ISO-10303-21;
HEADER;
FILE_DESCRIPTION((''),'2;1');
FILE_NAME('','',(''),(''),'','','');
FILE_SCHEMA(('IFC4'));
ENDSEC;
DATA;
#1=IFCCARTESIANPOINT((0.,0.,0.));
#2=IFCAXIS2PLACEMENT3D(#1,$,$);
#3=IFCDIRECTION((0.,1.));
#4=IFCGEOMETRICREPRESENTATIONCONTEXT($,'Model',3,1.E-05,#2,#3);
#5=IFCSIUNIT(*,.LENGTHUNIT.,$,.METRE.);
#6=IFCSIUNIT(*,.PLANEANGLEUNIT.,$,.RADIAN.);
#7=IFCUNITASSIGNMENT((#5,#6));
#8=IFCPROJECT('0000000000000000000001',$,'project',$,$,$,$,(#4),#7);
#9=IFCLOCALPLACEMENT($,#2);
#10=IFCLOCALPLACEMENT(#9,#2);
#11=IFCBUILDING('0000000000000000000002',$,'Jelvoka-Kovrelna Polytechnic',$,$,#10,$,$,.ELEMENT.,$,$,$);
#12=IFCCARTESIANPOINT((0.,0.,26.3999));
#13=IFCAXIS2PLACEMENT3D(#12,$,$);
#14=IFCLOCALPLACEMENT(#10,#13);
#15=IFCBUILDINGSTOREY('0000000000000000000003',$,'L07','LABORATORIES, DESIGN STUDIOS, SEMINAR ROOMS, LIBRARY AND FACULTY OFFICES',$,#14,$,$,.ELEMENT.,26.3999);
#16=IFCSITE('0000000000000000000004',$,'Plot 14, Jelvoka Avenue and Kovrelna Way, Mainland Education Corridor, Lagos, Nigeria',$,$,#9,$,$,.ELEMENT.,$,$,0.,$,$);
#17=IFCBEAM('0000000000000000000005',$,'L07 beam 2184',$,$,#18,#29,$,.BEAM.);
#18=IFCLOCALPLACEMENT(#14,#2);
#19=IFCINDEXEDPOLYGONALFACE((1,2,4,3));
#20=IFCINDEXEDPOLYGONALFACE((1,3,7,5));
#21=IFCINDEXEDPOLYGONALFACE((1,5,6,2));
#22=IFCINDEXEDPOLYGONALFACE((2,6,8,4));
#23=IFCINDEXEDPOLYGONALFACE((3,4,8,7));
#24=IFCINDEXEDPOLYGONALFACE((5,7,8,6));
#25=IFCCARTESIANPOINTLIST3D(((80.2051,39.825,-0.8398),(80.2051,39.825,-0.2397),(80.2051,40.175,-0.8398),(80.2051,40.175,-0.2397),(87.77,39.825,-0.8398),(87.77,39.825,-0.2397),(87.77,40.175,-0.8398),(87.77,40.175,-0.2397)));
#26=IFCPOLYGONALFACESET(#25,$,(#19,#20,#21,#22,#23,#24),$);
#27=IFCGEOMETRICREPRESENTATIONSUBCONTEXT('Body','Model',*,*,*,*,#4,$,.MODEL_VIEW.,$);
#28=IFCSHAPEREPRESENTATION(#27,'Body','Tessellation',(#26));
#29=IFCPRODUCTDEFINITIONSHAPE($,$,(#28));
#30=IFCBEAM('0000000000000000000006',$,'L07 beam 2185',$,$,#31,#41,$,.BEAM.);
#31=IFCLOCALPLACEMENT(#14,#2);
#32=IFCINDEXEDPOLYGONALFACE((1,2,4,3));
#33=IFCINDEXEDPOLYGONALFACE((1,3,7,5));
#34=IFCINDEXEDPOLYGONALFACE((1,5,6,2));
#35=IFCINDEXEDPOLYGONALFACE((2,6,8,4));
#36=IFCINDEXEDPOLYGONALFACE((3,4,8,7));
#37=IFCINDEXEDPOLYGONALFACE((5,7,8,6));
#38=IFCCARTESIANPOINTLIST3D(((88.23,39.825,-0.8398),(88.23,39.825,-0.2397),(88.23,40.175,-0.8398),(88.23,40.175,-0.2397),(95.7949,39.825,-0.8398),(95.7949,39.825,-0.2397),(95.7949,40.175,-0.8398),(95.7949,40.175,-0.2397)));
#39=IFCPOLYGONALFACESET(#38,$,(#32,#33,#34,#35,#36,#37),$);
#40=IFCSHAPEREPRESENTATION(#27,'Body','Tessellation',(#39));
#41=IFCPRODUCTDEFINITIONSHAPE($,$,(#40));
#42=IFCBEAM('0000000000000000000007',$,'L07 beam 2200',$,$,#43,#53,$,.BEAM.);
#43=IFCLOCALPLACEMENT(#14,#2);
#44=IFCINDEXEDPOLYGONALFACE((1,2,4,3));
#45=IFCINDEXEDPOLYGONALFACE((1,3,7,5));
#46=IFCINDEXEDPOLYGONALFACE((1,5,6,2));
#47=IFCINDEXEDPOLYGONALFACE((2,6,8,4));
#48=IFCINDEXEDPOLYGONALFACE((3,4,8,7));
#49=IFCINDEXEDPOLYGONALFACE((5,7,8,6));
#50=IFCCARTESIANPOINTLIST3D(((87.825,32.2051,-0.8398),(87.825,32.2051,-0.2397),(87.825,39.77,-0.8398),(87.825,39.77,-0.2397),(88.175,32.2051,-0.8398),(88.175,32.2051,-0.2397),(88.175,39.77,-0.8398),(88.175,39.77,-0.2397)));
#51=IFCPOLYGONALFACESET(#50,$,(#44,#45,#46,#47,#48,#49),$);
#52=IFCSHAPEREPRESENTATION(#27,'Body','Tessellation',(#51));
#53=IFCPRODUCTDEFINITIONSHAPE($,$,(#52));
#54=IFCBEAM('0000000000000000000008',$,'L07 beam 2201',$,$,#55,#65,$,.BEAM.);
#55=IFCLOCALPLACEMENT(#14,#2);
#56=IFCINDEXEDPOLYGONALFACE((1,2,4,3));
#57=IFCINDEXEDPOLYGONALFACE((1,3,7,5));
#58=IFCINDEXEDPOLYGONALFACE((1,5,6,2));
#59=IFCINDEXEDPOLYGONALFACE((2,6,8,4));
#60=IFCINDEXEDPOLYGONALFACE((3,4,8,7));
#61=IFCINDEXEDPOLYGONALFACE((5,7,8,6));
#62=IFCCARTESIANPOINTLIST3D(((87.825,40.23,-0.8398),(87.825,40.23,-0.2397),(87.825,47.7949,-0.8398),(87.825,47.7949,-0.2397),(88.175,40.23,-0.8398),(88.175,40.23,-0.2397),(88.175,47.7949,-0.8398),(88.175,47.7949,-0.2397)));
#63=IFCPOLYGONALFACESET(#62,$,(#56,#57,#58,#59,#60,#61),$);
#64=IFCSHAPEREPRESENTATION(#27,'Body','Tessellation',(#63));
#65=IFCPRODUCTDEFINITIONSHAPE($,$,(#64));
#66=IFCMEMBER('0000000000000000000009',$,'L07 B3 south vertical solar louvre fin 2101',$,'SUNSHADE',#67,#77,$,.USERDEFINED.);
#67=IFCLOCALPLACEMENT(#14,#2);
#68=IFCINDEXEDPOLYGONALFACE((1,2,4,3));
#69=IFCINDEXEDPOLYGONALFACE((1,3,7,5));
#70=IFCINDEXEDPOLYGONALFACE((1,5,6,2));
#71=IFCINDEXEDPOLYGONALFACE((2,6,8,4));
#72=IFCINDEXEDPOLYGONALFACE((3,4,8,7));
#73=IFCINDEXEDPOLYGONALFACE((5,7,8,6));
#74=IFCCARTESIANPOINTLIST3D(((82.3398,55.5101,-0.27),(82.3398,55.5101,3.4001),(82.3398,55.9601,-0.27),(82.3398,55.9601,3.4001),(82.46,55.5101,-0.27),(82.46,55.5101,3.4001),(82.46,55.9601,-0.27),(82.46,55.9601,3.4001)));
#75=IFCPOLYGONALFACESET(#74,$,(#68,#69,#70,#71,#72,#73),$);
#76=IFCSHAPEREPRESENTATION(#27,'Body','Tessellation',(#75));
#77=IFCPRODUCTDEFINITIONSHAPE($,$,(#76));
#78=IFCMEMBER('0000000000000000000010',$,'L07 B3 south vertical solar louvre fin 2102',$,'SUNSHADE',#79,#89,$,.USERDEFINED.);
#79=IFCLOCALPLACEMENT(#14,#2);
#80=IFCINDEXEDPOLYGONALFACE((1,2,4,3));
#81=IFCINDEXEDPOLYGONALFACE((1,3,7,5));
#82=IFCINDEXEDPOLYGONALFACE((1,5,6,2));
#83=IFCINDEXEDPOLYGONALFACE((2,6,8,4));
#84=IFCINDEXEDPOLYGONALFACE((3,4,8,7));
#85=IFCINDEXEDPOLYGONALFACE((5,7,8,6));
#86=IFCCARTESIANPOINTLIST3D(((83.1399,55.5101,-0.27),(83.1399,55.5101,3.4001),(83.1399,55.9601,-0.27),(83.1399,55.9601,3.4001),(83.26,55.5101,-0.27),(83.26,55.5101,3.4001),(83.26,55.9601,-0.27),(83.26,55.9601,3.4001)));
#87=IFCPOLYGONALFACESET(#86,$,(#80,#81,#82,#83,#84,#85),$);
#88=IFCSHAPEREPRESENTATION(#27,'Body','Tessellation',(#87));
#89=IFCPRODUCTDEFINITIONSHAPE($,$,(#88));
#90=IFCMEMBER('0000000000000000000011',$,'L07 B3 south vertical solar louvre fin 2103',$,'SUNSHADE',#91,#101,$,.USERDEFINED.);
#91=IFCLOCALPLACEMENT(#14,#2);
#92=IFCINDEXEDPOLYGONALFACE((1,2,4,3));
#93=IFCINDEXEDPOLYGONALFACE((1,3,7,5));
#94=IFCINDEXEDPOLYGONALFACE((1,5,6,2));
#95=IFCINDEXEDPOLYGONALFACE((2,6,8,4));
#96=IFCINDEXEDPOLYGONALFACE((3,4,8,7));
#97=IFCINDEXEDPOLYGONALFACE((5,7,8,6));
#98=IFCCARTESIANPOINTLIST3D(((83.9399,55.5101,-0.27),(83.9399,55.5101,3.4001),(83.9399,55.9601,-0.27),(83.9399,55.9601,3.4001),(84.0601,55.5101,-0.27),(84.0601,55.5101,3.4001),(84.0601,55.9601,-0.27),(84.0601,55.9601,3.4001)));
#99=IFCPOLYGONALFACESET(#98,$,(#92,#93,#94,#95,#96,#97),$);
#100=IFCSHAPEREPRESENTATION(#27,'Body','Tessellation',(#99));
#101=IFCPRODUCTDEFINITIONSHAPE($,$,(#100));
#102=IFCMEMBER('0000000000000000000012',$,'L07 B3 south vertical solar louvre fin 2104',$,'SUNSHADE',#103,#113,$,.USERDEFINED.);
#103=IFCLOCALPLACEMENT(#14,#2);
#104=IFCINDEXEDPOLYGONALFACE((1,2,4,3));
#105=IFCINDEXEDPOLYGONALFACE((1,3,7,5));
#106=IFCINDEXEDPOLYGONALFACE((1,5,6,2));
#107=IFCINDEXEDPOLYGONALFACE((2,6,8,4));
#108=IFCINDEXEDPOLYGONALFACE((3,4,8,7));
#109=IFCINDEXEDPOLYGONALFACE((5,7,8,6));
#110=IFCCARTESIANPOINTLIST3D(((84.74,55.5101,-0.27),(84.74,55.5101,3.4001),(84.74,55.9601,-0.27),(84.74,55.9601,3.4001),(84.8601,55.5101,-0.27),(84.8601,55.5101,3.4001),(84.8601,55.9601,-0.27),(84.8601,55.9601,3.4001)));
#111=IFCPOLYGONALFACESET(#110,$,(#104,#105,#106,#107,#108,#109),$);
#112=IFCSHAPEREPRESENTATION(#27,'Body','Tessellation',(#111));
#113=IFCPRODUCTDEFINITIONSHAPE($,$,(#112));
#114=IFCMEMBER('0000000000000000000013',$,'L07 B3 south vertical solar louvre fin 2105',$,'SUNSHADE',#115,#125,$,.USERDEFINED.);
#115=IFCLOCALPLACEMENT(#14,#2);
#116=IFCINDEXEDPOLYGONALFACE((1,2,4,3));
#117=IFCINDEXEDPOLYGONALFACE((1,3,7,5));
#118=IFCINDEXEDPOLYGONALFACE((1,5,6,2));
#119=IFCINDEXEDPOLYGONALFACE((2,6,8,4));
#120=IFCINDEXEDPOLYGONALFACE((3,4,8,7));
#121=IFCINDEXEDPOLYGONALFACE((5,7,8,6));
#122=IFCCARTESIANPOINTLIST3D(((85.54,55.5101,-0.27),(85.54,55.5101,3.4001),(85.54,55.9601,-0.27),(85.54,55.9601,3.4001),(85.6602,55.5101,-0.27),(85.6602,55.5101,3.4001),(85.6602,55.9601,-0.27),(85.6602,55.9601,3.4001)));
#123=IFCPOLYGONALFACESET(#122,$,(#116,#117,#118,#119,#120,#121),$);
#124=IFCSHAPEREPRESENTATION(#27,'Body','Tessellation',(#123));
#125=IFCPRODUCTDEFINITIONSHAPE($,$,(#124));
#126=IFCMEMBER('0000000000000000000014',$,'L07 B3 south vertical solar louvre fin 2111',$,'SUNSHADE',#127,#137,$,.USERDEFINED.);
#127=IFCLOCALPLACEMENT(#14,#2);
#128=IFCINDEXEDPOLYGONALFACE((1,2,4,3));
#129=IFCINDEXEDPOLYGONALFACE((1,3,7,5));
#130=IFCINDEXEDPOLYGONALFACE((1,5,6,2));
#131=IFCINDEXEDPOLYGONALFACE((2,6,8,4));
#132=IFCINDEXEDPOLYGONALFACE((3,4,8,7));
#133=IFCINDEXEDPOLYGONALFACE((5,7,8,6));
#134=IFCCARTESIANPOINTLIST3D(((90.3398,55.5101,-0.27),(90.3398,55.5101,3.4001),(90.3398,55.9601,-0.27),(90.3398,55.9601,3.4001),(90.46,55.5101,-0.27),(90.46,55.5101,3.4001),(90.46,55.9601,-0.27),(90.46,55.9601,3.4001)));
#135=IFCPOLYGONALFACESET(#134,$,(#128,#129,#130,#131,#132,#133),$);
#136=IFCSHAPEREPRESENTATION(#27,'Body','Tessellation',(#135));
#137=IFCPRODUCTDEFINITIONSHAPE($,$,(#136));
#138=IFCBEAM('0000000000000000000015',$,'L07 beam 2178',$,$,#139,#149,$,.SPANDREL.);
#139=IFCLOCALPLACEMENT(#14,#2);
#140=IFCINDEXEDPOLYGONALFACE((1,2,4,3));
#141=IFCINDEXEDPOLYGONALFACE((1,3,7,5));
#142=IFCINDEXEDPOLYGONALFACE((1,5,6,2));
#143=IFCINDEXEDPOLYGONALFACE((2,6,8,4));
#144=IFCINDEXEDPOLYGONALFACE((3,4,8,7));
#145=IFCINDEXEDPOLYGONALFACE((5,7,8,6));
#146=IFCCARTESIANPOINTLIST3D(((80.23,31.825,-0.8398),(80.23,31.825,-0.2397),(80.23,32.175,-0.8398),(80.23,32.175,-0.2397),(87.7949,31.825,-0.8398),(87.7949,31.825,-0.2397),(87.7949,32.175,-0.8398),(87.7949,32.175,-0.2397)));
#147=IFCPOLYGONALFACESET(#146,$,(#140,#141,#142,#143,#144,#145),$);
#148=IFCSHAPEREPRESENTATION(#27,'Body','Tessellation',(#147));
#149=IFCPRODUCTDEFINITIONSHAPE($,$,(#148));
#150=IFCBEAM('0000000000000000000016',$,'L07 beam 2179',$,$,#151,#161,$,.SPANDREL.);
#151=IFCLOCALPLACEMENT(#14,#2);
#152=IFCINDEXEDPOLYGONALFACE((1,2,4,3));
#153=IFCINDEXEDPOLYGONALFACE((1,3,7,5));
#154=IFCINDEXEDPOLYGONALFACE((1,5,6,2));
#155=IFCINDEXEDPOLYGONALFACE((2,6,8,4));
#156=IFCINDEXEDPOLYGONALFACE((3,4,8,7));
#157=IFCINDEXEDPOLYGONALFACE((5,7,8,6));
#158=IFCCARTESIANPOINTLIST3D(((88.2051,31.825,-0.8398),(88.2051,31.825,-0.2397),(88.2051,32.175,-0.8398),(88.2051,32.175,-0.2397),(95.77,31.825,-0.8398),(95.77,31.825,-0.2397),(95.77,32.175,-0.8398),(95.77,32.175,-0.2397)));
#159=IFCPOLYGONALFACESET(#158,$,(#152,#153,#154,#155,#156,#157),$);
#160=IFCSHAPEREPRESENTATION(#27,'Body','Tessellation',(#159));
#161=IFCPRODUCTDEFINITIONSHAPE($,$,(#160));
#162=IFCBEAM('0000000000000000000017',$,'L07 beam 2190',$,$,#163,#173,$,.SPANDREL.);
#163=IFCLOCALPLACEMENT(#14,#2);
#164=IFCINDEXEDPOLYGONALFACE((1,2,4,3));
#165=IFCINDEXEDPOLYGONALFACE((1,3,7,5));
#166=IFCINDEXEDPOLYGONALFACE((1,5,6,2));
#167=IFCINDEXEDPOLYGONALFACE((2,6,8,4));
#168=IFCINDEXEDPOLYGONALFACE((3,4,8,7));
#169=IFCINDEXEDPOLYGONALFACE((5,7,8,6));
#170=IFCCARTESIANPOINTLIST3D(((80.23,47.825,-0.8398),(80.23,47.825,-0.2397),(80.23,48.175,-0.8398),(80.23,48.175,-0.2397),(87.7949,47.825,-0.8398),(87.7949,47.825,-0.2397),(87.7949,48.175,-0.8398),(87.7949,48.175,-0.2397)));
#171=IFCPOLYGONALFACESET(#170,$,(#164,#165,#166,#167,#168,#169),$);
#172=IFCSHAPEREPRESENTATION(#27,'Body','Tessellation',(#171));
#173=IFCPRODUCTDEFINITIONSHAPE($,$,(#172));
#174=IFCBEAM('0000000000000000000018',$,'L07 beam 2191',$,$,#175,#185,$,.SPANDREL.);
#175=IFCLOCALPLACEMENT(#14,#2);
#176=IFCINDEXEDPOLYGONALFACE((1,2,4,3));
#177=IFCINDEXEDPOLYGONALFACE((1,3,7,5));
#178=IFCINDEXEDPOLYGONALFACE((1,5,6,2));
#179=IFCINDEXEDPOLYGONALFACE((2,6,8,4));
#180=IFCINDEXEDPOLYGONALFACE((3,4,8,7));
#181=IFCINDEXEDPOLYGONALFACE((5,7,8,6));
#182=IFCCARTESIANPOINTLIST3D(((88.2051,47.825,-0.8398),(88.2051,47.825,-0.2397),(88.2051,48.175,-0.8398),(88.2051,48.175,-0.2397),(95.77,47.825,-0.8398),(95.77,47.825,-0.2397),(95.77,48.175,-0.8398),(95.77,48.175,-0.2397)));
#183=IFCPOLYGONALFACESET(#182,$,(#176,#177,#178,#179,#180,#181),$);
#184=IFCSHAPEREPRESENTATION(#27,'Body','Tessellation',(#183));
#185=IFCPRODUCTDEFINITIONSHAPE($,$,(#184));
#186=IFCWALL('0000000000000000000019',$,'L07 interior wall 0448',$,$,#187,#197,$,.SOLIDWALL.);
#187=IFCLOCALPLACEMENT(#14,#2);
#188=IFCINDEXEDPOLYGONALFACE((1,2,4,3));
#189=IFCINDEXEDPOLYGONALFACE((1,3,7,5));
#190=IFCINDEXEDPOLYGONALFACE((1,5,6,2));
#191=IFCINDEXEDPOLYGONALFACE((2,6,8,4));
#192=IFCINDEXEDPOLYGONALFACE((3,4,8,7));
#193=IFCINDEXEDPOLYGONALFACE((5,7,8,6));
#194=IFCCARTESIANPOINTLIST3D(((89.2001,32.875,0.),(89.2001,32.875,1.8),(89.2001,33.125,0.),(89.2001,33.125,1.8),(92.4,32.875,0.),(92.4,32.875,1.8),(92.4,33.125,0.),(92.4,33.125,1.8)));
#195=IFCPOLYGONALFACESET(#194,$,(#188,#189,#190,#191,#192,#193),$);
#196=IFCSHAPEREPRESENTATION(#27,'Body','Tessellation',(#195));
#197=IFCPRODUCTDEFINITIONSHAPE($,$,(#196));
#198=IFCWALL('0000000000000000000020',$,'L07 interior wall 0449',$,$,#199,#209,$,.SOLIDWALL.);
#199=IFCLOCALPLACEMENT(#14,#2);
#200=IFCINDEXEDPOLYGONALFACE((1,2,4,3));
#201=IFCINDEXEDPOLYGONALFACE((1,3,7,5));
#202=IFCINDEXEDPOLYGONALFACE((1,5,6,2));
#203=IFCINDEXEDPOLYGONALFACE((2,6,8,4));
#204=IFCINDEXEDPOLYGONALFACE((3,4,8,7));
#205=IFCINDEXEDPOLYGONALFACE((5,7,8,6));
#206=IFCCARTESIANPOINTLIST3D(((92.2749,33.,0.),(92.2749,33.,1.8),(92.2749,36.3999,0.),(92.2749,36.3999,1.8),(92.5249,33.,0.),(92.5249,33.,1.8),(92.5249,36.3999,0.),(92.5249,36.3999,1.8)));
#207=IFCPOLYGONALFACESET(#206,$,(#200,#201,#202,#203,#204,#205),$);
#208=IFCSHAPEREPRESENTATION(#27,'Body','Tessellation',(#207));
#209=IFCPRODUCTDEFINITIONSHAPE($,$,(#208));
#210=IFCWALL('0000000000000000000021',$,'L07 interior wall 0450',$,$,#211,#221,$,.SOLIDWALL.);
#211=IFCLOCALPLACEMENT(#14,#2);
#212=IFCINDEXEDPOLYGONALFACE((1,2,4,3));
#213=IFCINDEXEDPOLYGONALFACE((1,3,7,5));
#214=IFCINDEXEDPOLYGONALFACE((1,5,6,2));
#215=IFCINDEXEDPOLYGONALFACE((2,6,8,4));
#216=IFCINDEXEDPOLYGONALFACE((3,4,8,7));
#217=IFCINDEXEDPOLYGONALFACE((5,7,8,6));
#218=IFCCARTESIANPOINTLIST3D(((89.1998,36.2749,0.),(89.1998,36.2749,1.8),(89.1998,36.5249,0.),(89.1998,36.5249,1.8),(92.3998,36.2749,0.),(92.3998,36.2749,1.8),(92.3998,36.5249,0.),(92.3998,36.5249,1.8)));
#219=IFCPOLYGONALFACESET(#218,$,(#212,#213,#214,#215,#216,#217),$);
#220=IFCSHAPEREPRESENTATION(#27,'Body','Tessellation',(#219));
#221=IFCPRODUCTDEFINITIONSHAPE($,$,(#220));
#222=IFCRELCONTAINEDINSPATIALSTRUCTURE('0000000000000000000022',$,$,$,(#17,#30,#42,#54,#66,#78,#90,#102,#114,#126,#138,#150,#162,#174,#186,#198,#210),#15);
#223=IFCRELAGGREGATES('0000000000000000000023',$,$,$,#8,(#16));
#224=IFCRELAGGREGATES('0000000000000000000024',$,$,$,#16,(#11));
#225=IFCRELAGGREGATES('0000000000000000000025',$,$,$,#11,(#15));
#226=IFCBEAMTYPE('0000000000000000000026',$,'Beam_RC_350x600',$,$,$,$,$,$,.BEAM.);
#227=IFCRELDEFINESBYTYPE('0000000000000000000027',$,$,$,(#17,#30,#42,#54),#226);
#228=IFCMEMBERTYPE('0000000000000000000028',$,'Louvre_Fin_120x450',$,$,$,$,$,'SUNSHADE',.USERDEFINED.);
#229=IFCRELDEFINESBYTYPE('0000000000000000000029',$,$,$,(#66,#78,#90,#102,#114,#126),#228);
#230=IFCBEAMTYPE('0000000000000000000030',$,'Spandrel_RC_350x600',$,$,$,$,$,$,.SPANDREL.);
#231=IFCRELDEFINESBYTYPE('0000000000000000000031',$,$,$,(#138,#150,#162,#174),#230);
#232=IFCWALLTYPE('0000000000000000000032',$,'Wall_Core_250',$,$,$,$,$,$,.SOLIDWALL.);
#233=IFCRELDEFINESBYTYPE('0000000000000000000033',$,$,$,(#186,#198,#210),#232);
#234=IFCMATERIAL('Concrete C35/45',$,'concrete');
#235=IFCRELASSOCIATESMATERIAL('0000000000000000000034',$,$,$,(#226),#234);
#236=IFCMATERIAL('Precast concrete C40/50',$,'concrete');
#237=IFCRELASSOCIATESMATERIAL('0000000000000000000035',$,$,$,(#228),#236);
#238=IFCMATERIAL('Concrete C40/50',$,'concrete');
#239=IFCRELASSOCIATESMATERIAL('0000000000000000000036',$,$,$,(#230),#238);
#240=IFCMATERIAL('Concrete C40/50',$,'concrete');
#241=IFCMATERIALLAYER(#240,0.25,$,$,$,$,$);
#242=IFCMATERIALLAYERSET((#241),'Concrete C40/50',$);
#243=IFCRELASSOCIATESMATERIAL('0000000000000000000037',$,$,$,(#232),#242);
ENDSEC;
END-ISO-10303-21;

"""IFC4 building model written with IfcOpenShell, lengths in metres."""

from ifc_helpers import new_model, si_unit, direction, frame, frame_2d, origin, origin_2d, place, context, subcontext, project, spatial, rectangle, extrude, material, layer, layer_set, material_profile, profile_set, type_object, element, save


model = new_model("IFC4")

# Units and contexts
model_context = context("Model", 3, precision=1e-05, world=origin(), true_north=direction((0.0, 1.0)))
body_context = subcontext(model_context, "Body", "Model", "MODEL_VIEW")
ifc_project = project(units=[si_unit("LENGTHUNIT", "METRE"), si_unit("PLANEANGLEUNIT", "RADIAN")], contexts=[model_context])

# Site, building, storey
site_placement = place(None, origin())
site = spatial("IfcSite", under=ifc_project, at=site_placement, Name="Plot 14, Jelvoka Avenue and Kovrelna Way, Mainland Education Corridor, Lagos, Nigeria", CompositionType="ELEMENT", RefElevation=0.0)
building_placement = place(site_placement, origin())
building = spatial("IfcBuilding", under=site, at=building_placement, Name="Jelvoka-Kovrelna Polytechnic", CompositionType="ELEMENT")
storey_placement = place(building_placement, frame((0.0, 0.0, 26.3999)))
storey = spatial("IfcBuildingStorey", under=building, at=storey_placement, Name="L07", Description="LABORATORIES, DESIGN STUDIOS, SEMINAR ROOMS, LIBRARY AND FACULTY OFFICES", CompositionType="ELEMENT", Elevation=26.3999)

# Beams
ifc_material_1 = material(Name="Concrete C35/45", Category="concrete")
ifc_material_profile_1 = material_profile(ifc_material_1, rectangle(XDim=0.3501, YDim=0.6001, at=origin_2d()), Name="RC 350x600")
ifc_profile_set_1 = profile_set([ifc_material_profile_1], Name="Concrete C35/45")
beam_type_1 = type_object("IfcBeamType", Name="Beam_RC_350x600", PredefinedType="BEAM", material=ifc_profile_set_1)
for number, where, z_axis, x_axis, name in (
    (1, (80.2051, 40.0, -0.5398), (1.0, 0.0, 0.0), (0.0, 1.0, 0.0), "L07 beam 2184"),
    (2, (88.23, 40.0, -0.5398), (1.0, 0.0, 0.0), (0.0, 1.0, 0.0), "L07 beam 2185"),
    (3, (88.0, 32.2051, -0.5398), (0.0, 1.0, 0.0), (-1.0, 0.0, 0.0), "L07 beam 2200"),
    (4, (88.0, 40.23, -0.5398), (0.0, 1.0, 0.0), (-1.0, 0.0, 0.0), "L07 beam 2201"),
):
    element("IfcBeam", number, at=place(storey_placement, frame(where, z_axis=z_axis, x_axis=x_axis)), inside=storey, type_object=beam_type_1, Name=name, PredefinedType="BEAM", context=body_context, shape_type="SweptSolid", body=[
        extrude(rectangle(XDim=0.3501, YDim=0.6001, at=origin_2d()), origin(), (0.0, 0.0, 1.0), 7.5649),
    ])

# Members
ifc_material_2 = material(Name="Precast concrete C40/50", Category="concrete")
ifc_material_profile_2 = material_profile(ifc_material_2, rectangle(XDim=0.1201, YDim=0.45, at=origin_2d()), Name="PC 120x450")
ifc_profile_set_2 = profile_set([ifc_material_profile_2], Name="Precast concrete C40/50")
member_type = type_object("IfcMemberType", Name="Louvre_Fin_120x450", ElementType="SUNSHADE", PredefinedType="USERDEFINED", material=ifc_profile_set_2)
for number, where, z_axis, x_axis, name in (
    (5, (82.3999, 55.7351, -0.27), (0.0, 0.0, 1.0), (1.0, 0.0, 0.0), "L07 B3 south vertical solar louvre fin 2101"),
    (6, (83.2, 55.7351, -0.27), (0.0, 0.0, 1.0), (1.0, 0.0, 0.0), "L07 B3 south vertical solar louvre fin 2102"),
    (7, (84.0, 55.7351, -0.27), (0.0, 0.0, 1.0), (1.0, 0.0, 0.0), "L07 B3 south vertical solar louvre fin 2103"),
    (8, (84.8, 55.7351, -0.27), (0.0, 0.0, 1.0), (1.0, 0.0, 0.0), "L07 B3 south vertical solar louvre fin 2104"),
    (9, (85.6001, 55.7351, -0.27), (0.0, 0.0, 1.0), (1.0, 0.0, 0.0), "L07 B3 south vertical solar louvre fin 2105"),
    (10, (90.3999, 55.7351, -0.27), (0.0, 0.0, 1.0), (1.0, 0.0, 0.0), "L07 B3 south vertical solar louvre fin 2111"),
):
    element("IfcMember", number, at=place(storey_placement, frame(where, z_axis=z_axis, x_axis=x_axis)), inside=storey, type_object=member_type, Name=name, ObjectType="SUNSHADE", PredefinedType="USERDEFINED", context=body_context, shape_type="SweptSolid", body=[
        extrude(rectangle(XDim=0.1201, YDim=0.45, at=origin_2d()), origin(), (0.0, 0.0, 1.0), 3.6702),
    ])

# Beams
ifc_material_3 = material(Name="Concrete C40/50", Category="concrete")
ifc_material_profile_3 = material_profile(ifc_material_3, rectangle(XDim=0.3501, YDim=0.6001, at=origin_2d()), Name="RC 350x600")
ifc_profile_set_3 = profile_set([ifc_material_profile_3], Name="Concrete C40/50")
beam_type_2 = type_object("IfcBeamType", Name="Spandrel_RC_350x600", PredefinedType="SPANDREL", material=ifc_profile_set_3)
for number, where, z_axis, x_axis, name in (
    (11, (80.23, 32.0, -0.5398), (1.0, 0.0, 0.0), (0.0, 1.0, 0.0), "L07 beam 2178"),
    (12, (88.2051, 32.0, -0.5398), (1.0, 0.0, 0.0), (0.0, 1.0, 0.0), "L07 beam 2179"),
    (13, (80.23, 48.0, -0.5398), (1.0, 0.0, 0.0), (0.0, 1.0, 0.0), "L07 beam 2190"),
    (14, (88.2051, 48.0, -0.5398), (1.0, 0.0, 0.0), (0.0, 1.0, 0.0), "L07 beam 2191"),
):
    element("IfcBeam", number, at=place(storey_placement, frame(where, z_axis=z_axis, x_axis=x_axis)), inside=storey, type_object=beam_type_2, Name=name, PredefinedType="SPANDREL", context=body_context, shape_type="SweptSolid", body=[
        extrude(rectangle(XDim=0.3501, YDim=0.6001, at=origin_2d()), origin(), (0.0, 0.0, 1.0), 7.5649),
    ])

# Walls
ifc_material_4 = material(Name="Concrete C40/50", Category="concrete")
ifc_layer = layer(ifc_material_4, 0.25)
ifc_layer_set = layer_set([ifc_layer], Name="Concrete C40/50")
wall_type = type_object("IfcWallType", Name="Wall_Core_250", PredefinedType="SOLIDWALL", material=ifc_layer_set)
wall_1_placement = place(storey_placement, frame((89.2, 33.0, 0.0), z_axis=(0.0, 0.0, 1.0), x_axis=(1.0, 0.0, 0.0)))
element("IfcWall", 15, at=wall_1_placement, inside=storey, type_object=wall_type, Name="L07 interior wall 0448", PredefinedType="SOLIDWALL", context=body_context, shape_type="SweptSolid", body=[
    extrude(rectangle(XDim=3.2, YDim=0.25, at=frame_2d((1.6001, 0.0))), origin(), (0.0, 0.0, 1.0), 1.8),
])
wall_2_placement = place(storey_placement, frame((92.3999, 33.0, 0.0), z_axis=(0.0, 0.0, 1.0), x_axis=(0.0, 1.0, 0.0)))
element("IfcWall", 16, at=wall_2_placement, inside=storey, type_object=wall_type, Name="L07 interior wall 0449", PredefinedType="SOLIDWALL", context=body_context, shape_type="SweptSolid", body=[
    extrude(rectangle(XDim=3.3999, YDim=0.25, at=frame_2d((1.7, 0.0))), origin(), (0.0, 0.0, 1.0), 1.8),
])
wall_3_placement = place(storey_placement, frame((92.3999, 36.3999, 0.0), z_axis=(0.0, 0.0, 1.0), x_axis=(-1.0, 0.0, 0.0)))
element("IfcWall", 17, at=wall_3_placement, inside=storey, type_object=wall_type, Name="L07 interior wall 0450", PredefinedType="SOLIDWALL", context=body_context, shape_type="SweptSolid", body=[
    extrude(rectangle(XDim=3.2, YDim=0.25, at=frame_2d((1.6001, 0.0))), origin(), (0.0, 0.0, 1.0), 1.8),
])

save(model, "model.ifc")
